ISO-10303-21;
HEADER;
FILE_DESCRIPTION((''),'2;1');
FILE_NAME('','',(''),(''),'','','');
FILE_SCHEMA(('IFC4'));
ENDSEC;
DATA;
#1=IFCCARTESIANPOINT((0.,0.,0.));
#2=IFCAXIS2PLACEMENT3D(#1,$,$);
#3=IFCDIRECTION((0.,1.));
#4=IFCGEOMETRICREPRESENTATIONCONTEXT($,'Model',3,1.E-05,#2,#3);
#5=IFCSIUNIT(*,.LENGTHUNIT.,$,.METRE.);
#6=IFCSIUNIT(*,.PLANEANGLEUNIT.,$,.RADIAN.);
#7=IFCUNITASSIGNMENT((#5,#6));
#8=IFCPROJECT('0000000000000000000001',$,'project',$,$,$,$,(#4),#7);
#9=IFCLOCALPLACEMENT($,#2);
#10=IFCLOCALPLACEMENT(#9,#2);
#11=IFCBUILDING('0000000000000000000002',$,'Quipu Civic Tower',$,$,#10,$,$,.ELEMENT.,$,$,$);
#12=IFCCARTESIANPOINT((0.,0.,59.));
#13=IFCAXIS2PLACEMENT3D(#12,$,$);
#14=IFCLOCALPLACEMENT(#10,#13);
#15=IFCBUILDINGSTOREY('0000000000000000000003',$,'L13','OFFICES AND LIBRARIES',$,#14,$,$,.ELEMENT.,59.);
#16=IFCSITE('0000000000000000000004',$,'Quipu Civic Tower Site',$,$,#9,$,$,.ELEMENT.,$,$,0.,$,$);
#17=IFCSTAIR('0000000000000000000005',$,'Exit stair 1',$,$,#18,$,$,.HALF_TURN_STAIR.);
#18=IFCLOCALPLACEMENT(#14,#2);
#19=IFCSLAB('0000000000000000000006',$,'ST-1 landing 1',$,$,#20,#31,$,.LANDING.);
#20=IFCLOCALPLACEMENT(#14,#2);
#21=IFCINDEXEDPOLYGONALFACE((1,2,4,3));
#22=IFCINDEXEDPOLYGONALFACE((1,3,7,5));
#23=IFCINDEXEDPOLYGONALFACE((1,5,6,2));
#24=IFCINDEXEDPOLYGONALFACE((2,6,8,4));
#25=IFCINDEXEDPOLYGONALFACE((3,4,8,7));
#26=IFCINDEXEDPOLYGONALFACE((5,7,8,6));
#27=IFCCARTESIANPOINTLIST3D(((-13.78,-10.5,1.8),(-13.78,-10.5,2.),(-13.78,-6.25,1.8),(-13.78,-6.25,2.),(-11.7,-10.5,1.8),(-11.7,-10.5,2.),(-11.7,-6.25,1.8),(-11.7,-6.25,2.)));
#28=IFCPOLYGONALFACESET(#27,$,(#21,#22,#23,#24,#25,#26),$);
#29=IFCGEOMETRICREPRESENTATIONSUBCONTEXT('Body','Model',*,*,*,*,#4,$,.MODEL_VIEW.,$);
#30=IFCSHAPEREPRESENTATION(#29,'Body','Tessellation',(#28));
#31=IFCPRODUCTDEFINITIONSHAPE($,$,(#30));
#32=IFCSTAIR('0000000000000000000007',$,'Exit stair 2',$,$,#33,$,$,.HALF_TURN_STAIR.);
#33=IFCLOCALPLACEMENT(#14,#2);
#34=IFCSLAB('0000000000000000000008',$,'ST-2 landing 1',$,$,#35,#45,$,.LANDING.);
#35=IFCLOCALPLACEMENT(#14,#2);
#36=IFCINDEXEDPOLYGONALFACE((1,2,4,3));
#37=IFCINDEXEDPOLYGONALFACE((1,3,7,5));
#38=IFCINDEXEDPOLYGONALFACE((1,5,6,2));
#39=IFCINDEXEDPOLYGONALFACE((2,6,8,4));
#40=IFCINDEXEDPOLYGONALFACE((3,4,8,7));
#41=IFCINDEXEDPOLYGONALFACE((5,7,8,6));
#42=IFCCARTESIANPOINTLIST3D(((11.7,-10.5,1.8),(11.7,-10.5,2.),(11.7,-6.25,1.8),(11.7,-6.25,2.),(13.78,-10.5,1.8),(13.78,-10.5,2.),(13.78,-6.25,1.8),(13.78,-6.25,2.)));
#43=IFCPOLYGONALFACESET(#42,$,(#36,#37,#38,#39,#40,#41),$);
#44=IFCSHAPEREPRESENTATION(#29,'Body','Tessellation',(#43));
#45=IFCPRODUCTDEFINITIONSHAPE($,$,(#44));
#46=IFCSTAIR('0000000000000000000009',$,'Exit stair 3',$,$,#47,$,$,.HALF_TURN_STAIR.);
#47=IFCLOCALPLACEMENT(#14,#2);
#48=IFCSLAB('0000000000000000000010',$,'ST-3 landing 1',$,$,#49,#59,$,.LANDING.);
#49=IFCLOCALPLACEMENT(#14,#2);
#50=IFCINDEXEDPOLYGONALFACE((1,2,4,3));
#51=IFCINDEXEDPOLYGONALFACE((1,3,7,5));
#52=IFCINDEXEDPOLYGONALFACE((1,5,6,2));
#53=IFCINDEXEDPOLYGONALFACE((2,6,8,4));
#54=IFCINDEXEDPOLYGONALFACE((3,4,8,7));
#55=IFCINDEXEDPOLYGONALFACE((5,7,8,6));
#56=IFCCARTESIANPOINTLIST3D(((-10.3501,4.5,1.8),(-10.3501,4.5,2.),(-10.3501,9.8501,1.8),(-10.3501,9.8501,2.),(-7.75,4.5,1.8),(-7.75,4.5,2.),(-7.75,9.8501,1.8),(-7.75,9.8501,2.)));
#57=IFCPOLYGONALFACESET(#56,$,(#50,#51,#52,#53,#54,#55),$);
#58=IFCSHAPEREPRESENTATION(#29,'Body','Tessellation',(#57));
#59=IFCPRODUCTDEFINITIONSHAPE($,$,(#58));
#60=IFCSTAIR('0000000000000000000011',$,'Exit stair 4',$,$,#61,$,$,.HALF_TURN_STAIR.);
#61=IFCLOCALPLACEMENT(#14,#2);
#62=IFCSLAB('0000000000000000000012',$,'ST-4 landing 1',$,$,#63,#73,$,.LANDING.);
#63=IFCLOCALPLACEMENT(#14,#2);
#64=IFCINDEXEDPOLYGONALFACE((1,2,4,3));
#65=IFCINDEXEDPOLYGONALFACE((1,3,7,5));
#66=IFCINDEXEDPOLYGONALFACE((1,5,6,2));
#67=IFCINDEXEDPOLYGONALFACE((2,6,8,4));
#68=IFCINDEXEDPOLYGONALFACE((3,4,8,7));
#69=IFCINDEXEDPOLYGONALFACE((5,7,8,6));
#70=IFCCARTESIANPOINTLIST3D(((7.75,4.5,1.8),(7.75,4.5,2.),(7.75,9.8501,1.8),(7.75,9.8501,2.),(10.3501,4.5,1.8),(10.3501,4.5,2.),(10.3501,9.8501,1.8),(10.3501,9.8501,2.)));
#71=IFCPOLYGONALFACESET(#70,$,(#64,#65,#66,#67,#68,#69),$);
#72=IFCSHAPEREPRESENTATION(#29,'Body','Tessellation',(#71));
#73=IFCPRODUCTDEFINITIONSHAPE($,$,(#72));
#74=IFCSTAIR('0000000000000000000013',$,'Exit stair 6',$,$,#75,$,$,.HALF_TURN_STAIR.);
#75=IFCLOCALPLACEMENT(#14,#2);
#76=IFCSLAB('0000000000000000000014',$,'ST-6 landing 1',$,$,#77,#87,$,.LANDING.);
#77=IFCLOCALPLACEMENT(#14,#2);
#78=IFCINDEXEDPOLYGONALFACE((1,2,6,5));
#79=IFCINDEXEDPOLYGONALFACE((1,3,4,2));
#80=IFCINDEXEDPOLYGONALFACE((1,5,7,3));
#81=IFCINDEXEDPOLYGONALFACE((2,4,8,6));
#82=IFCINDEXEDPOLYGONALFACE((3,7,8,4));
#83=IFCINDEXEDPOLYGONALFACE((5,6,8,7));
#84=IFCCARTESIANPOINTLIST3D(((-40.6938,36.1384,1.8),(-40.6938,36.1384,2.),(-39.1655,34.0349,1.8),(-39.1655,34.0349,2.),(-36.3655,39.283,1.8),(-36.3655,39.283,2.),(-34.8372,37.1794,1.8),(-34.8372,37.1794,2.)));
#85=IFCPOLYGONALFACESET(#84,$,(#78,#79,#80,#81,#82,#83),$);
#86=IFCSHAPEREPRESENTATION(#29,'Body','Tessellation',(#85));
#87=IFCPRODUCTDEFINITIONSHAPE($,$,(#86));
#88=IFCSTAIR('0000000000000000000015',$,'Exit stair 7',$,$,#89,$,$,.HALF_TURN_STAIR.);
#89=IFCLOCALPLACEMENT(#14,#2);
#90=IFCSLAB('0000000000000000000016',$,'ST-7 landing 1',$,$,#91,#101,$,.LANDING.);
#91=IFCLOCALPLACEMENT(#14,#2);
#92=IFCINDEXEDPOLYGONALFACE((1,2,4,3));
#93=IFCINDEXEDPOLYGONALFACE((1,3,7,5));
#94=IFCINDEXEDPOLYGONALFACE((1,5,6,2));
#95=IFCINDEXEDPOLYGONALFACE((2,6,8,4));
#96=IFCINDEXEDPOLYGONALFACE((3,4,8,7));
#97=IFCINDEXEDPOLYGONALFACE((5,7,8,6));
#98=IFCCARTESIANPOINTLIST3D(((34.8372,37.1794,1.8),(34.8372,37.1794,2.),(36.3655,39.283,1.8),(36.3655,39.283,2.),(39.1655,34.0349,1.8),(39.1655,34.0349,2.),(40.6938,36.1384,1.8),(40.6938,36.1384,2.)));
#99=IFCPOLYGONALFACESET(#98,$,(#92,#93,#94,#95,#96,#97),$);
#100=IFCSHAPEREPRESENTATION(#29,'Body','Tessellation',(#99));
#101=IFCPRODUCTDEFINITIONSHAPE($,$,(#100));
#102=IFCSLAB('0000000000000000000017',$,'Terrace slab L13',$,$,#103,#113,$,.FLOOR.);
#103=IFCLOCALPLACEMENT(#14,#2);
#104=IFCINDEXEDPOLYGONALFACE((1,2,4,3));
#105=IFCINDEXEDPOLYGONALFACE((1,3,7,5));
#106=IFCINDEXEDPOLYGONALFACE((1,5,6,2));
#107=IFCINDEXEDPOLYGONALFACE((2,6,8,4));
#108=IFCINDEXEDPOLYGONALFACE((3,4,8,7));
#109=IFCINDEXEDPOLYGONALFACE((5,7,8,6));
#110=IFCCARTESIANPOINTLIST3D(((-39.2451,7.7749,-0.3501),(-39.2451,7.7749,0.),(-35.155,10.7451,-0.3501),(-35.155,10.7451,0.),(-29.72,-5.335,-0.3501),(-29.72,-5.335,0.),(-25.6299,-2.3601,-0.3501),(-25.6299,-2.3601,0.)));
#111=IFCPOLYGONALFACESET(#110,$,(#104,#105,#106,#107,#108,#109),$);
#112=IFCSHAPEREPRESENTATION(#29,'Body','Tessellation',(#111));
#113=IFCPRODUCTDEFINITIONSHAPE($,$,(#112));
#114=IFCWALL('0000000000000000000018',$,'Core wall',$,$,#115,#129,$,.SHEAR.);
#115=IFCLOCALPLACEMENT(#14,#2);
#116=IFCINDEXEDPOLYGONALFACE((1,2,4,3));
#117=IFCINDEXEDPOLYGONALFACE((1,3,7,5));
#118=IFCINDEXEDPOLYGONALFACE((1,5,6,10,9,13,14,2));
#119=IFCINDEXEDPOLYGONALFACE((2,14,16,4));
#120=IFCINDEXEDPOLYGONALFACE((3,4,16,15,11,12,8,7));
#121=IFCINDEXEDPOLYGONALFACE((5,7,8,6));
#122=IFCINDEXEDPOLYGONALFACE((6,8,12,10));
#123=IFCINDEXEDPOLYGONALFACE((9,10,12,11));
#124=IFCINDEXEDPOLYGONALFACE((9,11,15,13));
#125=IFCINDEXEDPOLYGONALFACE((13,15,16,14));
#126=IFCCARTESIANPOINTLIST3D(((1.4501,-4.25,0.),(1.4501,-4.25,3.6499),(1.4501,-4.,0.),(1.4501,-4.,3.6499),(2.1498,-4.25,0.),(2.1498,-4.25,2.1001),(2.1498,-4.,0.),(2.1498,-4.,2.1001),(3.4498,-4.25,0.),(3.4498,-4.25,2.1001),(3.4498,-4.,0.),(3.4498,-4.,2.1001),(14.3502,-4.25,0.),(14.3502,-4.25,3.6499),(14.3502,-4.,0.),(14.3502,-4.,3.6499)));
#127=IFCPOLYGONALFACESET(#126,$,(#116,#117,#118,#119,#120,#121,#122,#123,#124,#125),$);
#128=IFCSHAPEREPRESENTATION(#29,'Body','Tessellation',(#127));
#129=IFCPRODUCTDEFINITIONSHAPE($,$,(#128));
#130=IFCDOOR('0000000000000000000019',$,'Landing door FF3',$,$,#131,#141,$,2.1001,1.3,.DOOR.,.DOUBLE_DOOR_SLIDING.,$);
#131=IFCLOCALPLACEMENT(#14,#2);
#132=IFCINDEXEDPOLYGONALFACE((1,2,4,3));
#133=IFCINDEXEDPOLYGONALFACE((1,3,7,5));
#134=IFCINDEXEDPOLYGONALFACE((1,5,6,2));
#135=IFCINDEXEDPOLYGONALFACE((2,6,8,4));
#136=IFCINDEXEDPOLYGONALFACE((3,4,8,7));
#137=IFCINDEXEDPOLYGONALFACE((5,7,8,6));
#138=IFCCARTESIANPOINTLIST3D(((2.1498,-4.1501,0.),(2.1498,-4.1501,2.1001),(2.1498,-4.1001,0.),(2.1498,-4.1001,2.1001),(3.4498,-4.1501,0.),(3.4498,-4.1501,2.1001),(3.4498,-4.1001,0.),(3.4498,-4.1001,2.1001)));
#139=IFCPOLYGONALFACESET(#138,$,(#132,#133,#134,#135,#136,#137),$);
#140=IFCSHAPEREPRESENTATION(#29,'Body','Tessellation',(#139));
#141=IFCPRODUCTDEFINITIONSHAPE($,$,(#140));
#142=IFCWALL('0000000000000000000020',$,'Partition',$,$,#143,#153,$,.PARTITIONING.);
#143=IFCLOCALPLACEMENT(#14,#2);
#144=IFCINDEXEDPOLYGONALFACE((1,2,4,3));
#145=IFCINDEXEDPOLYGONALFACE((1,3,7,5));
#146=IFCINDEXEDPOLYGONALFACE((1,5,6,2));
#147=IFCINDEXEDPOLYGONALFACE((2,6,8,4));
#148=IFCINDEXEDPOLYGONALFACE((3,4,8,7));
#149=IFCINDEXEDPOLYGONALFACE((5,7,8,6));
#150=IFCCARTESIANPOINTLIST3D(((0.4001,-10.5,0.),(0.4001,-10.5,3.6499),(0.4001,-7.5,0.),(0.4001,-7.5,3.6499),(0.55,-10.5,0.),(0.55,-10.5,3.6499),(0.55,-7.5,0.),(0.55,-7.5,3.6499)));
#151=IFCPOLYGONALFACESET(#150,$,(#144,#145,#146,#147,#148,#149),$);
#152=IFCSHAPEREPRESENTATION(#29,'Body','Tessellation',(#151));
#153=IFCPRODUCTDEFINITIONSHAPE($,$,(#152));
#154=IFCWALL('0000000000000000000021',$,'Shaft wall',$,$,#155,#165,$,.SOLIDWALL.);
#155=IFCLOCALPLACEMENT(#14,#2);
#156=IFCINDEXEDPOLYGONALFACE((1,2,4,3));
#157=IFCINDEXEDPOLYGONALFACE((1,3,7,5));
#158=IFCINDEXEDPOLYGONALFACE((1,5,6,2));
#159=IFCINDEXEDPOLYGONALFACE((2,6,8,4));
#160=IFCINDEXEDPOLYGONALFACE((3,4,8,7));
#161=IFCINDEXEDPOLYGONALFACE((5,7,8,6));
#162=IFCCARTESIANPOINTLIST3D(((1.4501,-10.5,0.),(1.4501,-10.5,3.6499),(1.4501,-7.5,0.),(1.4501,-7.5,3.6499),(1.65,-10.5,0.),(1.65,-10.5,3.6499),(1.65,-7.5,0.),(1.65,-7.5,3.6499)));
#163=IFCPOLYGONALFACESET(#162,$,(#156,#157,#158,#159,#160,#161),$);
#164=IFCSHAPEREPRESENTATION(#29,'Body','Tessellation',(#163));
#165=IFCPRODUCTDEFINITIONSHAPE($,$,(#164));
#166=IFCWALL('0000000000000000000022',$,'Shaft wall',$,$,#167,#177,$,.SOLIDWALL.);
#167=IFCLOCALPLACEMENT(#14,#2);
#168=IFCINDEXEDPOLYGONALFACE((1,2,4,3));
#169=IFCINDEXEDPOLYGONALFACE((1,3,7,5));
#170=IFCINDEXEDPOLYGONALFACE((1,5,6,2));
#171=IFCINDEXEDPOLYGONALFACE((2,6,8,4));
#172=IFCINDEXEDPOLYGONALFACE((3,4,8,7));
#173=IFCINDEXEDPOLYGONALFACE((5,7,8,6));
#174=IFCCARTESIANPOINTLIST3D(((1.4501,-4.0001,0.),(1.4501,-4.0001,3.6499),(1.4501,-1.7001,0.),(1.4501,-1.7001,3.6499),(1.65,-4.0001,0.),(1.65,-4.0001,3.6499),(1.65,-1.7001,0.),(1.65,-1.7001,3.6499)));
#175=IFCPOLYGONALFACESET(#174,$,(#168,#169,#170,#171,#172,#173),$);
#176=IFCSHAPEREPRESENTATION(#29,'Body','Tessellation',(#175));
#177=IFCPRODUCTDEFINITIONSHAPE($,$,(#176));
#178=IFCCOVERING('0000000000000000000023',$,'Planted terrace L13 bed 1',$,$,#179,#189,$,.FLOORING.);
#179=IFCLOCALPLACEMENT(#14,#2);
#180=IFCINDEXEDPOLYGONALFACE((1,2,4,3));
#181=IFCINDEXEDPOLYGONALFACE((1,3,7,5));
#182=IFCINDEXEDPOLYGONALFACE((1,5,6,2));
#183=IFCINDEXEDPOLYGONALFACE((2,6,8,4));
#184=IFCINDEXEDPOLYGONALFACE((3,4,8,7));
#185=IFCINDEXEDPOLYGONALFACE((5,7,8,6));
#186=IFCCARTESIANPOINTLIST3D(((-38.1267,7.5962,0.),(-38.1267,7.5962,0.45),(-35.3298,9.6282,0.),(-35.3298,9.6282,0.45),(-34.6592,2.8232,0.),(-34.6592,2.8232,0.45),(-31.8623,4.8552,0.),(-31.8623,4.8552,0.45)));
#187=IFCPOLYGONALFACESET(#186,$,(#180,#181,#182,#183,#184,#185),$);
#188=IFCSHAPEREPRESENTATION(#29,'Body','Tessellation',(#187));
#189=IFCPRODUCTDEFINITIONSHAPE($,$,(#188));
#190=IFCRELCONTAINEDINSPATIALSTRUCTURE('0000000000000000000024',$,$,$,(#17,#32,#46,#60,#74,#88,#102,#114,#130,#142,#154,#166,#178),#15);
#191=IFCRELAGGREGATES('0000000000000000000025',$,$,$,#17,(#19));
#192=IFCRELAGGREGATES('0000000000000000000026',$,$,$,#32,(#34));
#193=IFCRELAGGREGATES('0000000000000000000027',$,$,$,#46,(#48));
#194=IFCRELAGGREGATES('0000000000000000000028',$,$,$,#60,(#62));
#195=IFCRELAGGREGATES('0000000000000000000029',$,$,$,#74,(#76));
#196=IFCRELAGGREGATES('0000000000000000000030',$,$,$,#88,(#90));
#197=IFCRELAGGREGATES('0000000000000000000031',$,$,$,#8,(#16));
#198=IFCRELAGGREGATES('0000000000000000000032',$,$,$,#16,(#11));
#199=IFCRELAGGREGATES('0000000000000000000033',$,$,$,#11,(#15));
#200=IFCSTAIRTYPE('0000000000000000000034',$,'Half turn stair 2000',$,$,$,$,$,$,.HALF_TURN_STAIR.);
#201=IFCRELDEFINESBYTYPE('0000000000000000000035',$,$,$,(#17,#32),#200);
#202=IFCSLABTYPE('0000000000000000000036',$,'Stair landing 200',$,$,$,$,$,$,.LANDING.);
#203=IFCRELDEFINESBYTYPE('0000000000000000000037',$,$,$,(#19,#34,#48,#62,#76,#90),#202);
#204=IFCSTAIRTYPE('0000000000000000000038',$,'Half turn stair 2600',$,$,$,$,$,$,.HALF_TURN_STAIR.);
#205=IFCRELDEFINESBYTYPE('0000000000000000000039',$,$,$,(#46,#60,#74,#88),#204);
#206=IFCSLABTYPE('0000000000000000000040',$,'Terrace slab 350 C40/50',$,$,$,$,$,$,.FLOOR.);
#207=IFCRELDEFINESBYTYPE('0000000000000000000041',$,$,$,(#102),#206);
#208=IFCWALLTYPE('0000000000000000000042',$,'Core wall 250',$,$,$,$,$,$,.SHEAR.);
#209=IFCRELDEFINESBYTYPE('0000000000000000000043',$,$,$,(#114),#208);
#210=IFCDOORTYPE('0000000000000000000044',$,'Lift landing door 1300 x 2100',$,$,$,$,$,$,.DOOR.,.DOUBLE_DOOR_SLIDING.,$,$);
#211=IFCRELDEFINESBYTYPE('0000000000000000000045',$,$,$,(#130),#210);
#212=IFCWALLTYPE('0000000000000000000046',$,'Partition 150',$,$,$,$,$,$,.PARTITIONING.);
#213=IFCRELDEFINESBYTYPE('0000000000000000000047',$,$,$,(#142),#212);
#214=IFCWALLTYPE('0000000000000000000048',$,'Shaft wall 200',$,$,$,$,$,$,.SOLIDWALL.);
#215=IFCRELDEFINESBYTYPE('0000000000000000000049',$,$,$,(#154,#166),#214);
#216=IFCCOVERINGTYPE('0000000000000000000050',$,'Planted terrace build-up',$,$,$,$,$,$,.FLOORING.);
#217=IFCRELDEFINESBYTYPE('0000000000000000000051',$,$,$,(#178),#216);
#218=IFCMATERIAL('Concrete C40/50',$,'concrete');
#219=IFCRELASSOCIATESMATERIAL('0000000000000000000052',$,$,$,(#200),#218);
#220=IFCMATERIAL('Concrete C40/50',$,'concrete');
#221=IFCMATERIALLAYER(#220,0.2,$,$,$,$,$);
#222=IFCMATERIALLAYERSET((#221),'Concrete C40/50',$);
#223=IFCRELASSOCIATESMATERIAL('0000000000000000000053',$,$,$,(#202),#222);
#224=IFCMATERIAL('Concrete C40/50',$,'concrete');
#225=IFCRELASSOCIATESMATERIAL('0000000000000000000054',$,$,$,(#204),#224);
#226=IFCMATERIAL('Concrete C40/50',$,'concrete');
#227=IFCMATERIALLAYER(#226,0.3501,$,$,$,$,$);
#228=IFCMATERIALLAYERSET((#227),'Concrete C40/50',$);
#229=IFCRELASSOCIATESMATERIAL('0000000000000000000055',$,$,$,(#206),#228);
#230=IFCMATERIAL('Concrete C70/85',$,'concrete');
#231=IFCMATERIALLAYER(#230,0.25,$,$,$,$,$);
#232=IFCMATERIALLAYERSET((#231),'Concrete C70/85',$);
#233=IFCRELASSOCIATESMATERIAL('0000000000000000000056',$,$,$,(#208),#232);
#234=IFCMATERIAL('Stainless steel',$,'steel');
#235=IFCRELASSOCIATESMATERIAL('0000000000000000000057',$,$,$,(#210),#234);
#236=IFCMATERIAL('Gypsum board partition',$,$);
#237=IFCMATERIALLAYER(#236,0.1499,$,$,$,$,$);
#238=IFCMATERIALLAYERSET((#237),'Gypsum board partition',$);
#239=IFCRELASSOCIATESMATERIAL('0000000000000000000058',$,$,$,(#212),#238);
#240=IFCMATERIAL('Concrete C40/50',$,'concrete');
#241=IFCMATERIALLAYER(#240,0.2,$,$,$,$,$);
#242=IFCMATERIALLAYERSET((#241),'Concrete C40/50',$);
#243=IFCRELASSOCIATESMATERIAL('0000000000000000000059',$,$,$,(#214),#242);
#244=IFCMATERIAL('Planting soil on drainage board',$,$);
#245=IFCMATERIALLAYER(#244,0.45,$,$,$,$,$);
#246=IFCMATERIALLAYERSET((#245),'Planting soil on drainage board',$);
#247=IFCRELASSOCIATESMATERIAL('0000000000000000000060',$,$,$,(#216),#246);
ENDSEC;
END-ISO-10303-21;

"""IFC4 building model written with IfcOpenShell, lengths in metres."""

from ifc_helpers import new_model, si_unit, direction, frame, frame_2d, origin, place, context, subcontext, project, spatial, polyline, rectangle, outline, extrude, material, layer, layer_set, type_object, element, fill, aggregate, save


model = new_model("IFC4")

# Units and contexts
model_context = context("Model", 3, precision=1e-05, world=origin(), true_north=direction((0.0, 1.0)))
body_context = subcontext(model_context, "Body", "Model", "MODEL_VIEW")
ifc_project = project(units=[si_unit("LENGTHUNIT", "METRE"), si_unit("PLANEANGLEUNIT", "RADIAN")], contexts=[model_context])

# Site, building, storey
site_placement = place(None, origin())
site = spatial("IfcSite", under=ifc_project, at=site_placement, Name="Quipu Civic Tower Site", CompositionType="ELEMENT", RefElevation=0.0)
building_placement = place(site_placement, origin())
building = spatial("IfcBuilding", under=site, at=building_placement, Name="Quipu Civic Tower", CompositionType="ELEMENT")
storey_placement = place(building_placement, frame((0.0, 0.0, 59.0)))
storey = spatial("IfcBuildingStorey", under=building, at=storey_placement, Name="L13", Description="OFFICES AND LIBRARIES", CompositionType="ELEMENT", Elevation=59.0)

# Stairs, slabs
ifc_material_1 = material(Name="Concrete C40/50", Category="concrete")
stair_type_1 = type_object("IfcStairType", Name="Half turn stair 2000", PredefinedType="HALF_TURN_STAIR", material=ifc_material_1)
stair_1_placement = place(storey_placement, origin())
stair_1 = element("IfcStair", 1, at=stair_1_placement, inside=storey, type_object=stair_type_1, Name="Exit stair 1", PredefinedType="HALF_TURN_STAIR")
ifc_material_2 = material(Name="Concrete C40/50", Category="concrete")
ifc_layer_1 = layer(ifc_material_2, 0.2)
ifc_layer_set_1 = layer_set([ifc_layer_1], Name="Concrete C40/50")
slab_type_1 = type_object("IfcSlabType", Name="Stair landing 200", PredefinedType="LANDING", material=ifc_layer_set_1)
slab_1_placement = place(storey_placement, frame((0.0, 0.0, 1.8)))
slab_1 = element("IfcSlab", 2, at=slab_1_placement, type_object=slab_type_1, Name="ST-1 landing 1", PredefinedType="LANDING", context=body_context, shape_type="SweptSolid", body=[
    extrude(outline(polyline([(-13.78, -10.5), (-11.7, -10.5), (-11.7, -6.25), (-13.78, -6.25), (-13.78, -10.5)])), origin(), (0.0, 0.0, 1.0), 0.2),
])
aggregate(stair_1, [slab_1])
stair_2_placement = place(storey_placement, origin())
stair_2 = element("IfcStair", 3, at=stair_2_placement, inside=storey, type_object=stair_type_1, Name="Exit stair 2", PredefinedType="HALF_TURN_STAIR")
slab_2_placement = place(storey_placement, frame((0.0, 0.0, 1.8)))
slab_2 = element("IfcSlab", 4, at=slab_2_placement, type_object=slab_type_1, Name="ST-2 landing 1", PredefinedType="LANDING", context=body_context, shape_type="SweptSolid", body=[
    extrude(outline(polyline([(13.78, -6.25), (11.7, -6.25), (11.7, -10.5), (13.78, -10.5), (13.78, -6.25)])), origin(), (0.0, 0.0, 1.0), 0.2),
])
aggregate(stair_2, [slab_2])
ifc_material_3 = material(Name="Concrete C40/50", Category="concrete")
stair_type_2 = type_object("IfcStairType", Name="Half turn stair 2600", PredefinedType="HALF_TURN_STAIR", material=ifc_material_3)
stair_3_placement = place(storey_placement, origin())
stair_3 = element("IfcStair", 5, at=stair_3_placement, inside=storey, type_object=stair_type_2, Name="Exit stair 3", PredefinedType="HALF_TURN_STAIR")
slab_3_placement = place(storey_placement, frame((0.0, 0.0, 1.8)))
slab_3 = element("IfcSlab", 6, at=slab_3_placement, type_object=slab_type_1, Name="ST-3 landing 1", PredefinedType="LANDING", context=body_context, shape_type="SweptSolid", body=[
    extrude(outline(polyline([(-10.3501, 4.5), (-7.75, 4.5), (-7.75, 9.8501), (-10.3501, 9.8501), (-10.3501, 4.5)])), origin(), (0.0, 0.0, 1.0), 0.2),
])
aggregate(stair_3, [slab_3])
stair_4_placement = place(storey_placement, origin())
stair_4 = element("IfcStair", 7, at=stair_4_placement, inside=storey, type_object=stair_type_2, Name="Exit stair 4", PredefinedType="HALF_TURN_STAIR")
slab_4_placement = place(storey_placement, frame((0.0, 0.0, 1.8)))
slab_4 = element("IfcSlab", 8, at=slab_4_placement, type_object=slab_type_1, Name="ST-4 landing 1", PredefinedType="LANDING", context=body_context, shape_type="SweptSolid", body=[
    extrude(outline(polyline([(10.3501, 9.8501), (7.75, 9.8501), (7.75, 4.5), (10.3501, 4.5), (10.3501, 9.8501)])), origin(), (0.0, 0.0, 1.0), 0.2),
])
aggregate(stair_4, [slab_4])
stair_5_placement = place(storey_placement, origin())
stair_5 = element("IfcStair", 9, at=stair_5_placement, inside=storey, type_object=stair_type_2, Name="Exit stair 6", PredefinedType="HALF_TURN_STAIR")
slab_5_placement = place(storey_placement, frame((0.0, 0.0, 1.8)))
slab_5 = element("IfcSlab", 10, at=slab_5_placement, type_object=slab_type_1, Name="ST-6 landing 1", PredefinedType="LANDING", context=body_context, shape_type="SweptSolid", body=[
    extrude(outline(polyline([(-34.8372, 37.1794), (-36.3655, 39.283), (-40.6938, 36.1384), (-39.1655, 34.0349), (-34.8372, 37.1794)])), origin(), (0.0, 0.0, 1.0), 0.2),
])
aggregate(stair_5, [slab_5])
stair_6_placement = place(storey_placement, origin())
stair_6 = element("IfcStair", 11, at=stair_6_placement, inside=storey, type_object=stair_type_2, Name="Exit stair 7", PredefinedType="HALF_TURN_STAIR")
slab_6_placement = place(storey_placement, frame((0.0, 0.0, 1.8)))
slab_6 = element("IfcSlab", 12, at=slab_6_placement, type_object=slab_type_1, Name="ST-7 landing 1", PredefinedType="LANDING", context=body_context, shape_type="SweptSolid", body=[
    extrude(outline(polyline([(39.1655, 34.0349), (40.6938, 36.1384), (36.3655, 39.283), (34.8372, 37.1794), (39.1655, 34.0349)])), origin(), (0.0, 0.0, 1.0), 0.2),
])
aggregate(stair_6, [slab_6])

# Slab
ifc_material_4 = material(Name="Concrete C40/50", Category="concrete")
ifc_layer_2 = layer(ifc_material_4, 0.3501)
ifc_layer_set_2 = layer_set([ifc_layer_2], Name="Concrete C40/50")
slab_type_2 = type_object("IfcSlabType", Name="Terrace slab 350 C40/50", PredefinedType="FLOOR", material=ifc_layer_set_2)
slab_7_placement = place(storey_placement, frame((0.0, 0.0, -0.3501)))
element("IfcSlab", 13, at=slab_7_placement, inside=storey, type_object=slab_type_2, Name="Terrace slab L13", PredefinedType="FLOOR", context=body_context, shape_type="SweptSolid", body=[
    extrude(outline(polyline([(-35.155, 10.7451), (-25.6299, -2.3601), (-29.72, -5.335), (-39.2451, 7.7749), (-35.155, 10.7451)])), origin(), (0.0, 0.0, 1.0), 0.3501),
])

# Wall, opening, door
ifc_material_5 = material(Name="Concrete C70/85", Category="concrete")
ifc_layer_3 = layer(ifc_material_5, 0.25)
ifc_layer_set_3 = layer_set([ifc_layer_3], Name="Concrete C70/85")
wall_type_1 = type_object("IfcWallType", Name="Core wall 250", PredefinedType="SHEAR", material=ifc_layer_set_3)
wall_1_placement = place(storey_placement, frame((1.45, -4.125, 0.0), z_axis=(0.0, 0.0, 1.0), x_axis=(1.0, 0.0, 0.0)))
wall_1 = element("IfcWall", 14, at=wall_1_placement, inside=storey, type_object=wall_type_1, Name="Core wall", PredefinedType="SHEAR", context=body_context, shape_type="SweptSolid", body=[
    extrude(rectangle(XDim=12.9001, YDim=0.25, at=frame_2d((6.4502, 0.0))), origin(), (0.0, 0.0, 1.0), 3.6499),
])
opening_placement = place(wall_1_placement, frame((0.7, 0.0, 0.0)))
opening = element("IfcOpeningElement", 15, at=opening_placement, cuts=wall_1, PredefinedType="OPENING", context=body_context, shape_type="SweptSolid", body=[
    extrude(rectangle(XDim=1.3, YDim=2.1001, at=frame_2d((0.6499, 1.05))), frame((0.0, 0.135, 0.0), z_axis=(0.0, -1.0, 0.0), x_axis=(1.0, 0.0, 0.0)), (0.0, 0.0, 1.0), 0.27),
])
ifc_material_6 = material(Name="Stainless steel", Category="steel")
door_type = type_object("IfcDoorType", Name="Lift landing door 1300 x 2100", OperationType="DOUBLE_DOOR_SLIDING", PredefinedType="DOOR", material=ifc_material_6)
door_placement = place(opening_placement, origin())
door = element("IfcDoor", 16, at=door_placement, inside=storey, type_object=door_type, Name="Landing door FF3", OperationType="DOUBLE_DOOR_SLIDING", OverallHeight=2.1001, OverallWidth=1.3, PredefinedType="DOOR", context=body_context, shape_type="SweptSolid", body=[
    extrude(rectangle(XDim=1.3, YDim=2.1001, at=frame_2d((0.6499, 1.05))), frame((0.0, 0.0249, 0.0), z_axis=(0.0, -1.0, 0.0), x_axis=(1.0, 0.0, 0.0)), (0.0, 0.0, 1.0), 0.05),
])
fill(opening, door)

# Walls
ifc_material_7 = material(Name="Gypsum board partition")
ifc_layer_4 = layer(ifc_material_7, 0.1499)
ifc_layer_set_4 = layer_set([ifc_layer_4], Name="Gypsum board partition")
wall_type_2 = type_object("IfcWallType", Name="Partition 150", PredefinedType="PARTITIONING", material=ifc_layer_set_4)
wall_2_placement = place(storey_placement, frame((0.4751, -10.5, 0.0), z_axis=(0.0, 0.0, 1.0), x_axis=(0.0, 1.0, 0.0)))
element("IfcWall", 17, at=wall_2_placement, inside=storey, type_object=wall_type_2, Name="Partition", PredefinedType="PARTITIONING", context=body_context, shape_type="SweptSolid", body=[
    extrude(rectangle(XDim=3.0, YDim=0.1499, at=frame_2d((1.5, 0.0))), origin(), (0.0, 0.0, 1.0), 3.6499),
])
ifc_material_8 = material(Name="Concrete C40/50", Category="concrete")
ifc_layer_5 = layer(ifc_material_8, 0.2)
ifc_layer_set_5 = layer_set([ifc_layer_5], Name="Concrete C40/50")
wall_type_3 = type_object("IfcWallType", Name="Shaft wall 200", PredefinedType="SOLIDWALL", material=ifc_layer_set_5)
wall_3_placement = place(storey_placement, frame((1.55, -10.5, 0.0), z_axis=(0.0, 0.0, 1.0), x_axis=(0.0, 1.0, 0.0)))
element("IfcWall", 18, at=wall_3_placement, inside=storey, type_object=wall_type_3, Name="Shaft wall", PredefinedType="SOLIDWALL", context=body_context, shape_type="SweptSolid", body=[
    extrude(rectangle(XDim=3.0, YDim=0.2, at=frame_2d((1.5, 0.0))), origin(), (0.0, 0.0, 1.0), 3.6499),
])
wall_4_placement = place(storey_placement, frame((1.55, -4.0, 0.0), z_axis=(0.0, 0.0, 1.0), x_axis=(0.0, 1.0, 0.0)))
element("IfcWall", 19, at=wall_4_placement, inside=storey, type_object=wall_type_3, Name="Shaft wall", PredefinedType="SOLIDWALL", context=body_context, shape_type="SweptSolid", body=[
    extrude(rectangle(XDim=2.3, YDim=0.2, at=frame_2d((1.1499, 0.0))), origin(), (0.0, 0.0, 1.0), 3.6499),
])

# Covering
ifc_material_9 = material(Name="Planting soil on drainage board")
ifc_layer_6 = layer(ifc_material_9, 0.45)
ifc_layer_set_6 = layer_set([ifc_layer_6], Name="Planting soil on drainage board")
covering_type_1 = type_object("IfcCoveringType", Name="Planted terrace build-up", PredefinedType="FLOORING", material=ifc_layer_set_6)
covering_1_placement = place(storey_placement, origin())
element("IfcCovering", 20, at=covering_1_placement, inside=storey, type_object=covering_type_1, Name="Planted terrace L13 bed 1", PredefinedType="FLOORING", context=body_context, shape_type="SweptSolid", body=[
    extrude(outline(polyline([(-38.1267, 7.5962), (-35.3298, 9.6282), (-31.8623, 4.8552), (-34.6592, 2.8232), (-38.1267, 7.5962)])), origin(), (0.0, 0.0, 1.0), 0.45),
])

save(model, "model.ifc")
